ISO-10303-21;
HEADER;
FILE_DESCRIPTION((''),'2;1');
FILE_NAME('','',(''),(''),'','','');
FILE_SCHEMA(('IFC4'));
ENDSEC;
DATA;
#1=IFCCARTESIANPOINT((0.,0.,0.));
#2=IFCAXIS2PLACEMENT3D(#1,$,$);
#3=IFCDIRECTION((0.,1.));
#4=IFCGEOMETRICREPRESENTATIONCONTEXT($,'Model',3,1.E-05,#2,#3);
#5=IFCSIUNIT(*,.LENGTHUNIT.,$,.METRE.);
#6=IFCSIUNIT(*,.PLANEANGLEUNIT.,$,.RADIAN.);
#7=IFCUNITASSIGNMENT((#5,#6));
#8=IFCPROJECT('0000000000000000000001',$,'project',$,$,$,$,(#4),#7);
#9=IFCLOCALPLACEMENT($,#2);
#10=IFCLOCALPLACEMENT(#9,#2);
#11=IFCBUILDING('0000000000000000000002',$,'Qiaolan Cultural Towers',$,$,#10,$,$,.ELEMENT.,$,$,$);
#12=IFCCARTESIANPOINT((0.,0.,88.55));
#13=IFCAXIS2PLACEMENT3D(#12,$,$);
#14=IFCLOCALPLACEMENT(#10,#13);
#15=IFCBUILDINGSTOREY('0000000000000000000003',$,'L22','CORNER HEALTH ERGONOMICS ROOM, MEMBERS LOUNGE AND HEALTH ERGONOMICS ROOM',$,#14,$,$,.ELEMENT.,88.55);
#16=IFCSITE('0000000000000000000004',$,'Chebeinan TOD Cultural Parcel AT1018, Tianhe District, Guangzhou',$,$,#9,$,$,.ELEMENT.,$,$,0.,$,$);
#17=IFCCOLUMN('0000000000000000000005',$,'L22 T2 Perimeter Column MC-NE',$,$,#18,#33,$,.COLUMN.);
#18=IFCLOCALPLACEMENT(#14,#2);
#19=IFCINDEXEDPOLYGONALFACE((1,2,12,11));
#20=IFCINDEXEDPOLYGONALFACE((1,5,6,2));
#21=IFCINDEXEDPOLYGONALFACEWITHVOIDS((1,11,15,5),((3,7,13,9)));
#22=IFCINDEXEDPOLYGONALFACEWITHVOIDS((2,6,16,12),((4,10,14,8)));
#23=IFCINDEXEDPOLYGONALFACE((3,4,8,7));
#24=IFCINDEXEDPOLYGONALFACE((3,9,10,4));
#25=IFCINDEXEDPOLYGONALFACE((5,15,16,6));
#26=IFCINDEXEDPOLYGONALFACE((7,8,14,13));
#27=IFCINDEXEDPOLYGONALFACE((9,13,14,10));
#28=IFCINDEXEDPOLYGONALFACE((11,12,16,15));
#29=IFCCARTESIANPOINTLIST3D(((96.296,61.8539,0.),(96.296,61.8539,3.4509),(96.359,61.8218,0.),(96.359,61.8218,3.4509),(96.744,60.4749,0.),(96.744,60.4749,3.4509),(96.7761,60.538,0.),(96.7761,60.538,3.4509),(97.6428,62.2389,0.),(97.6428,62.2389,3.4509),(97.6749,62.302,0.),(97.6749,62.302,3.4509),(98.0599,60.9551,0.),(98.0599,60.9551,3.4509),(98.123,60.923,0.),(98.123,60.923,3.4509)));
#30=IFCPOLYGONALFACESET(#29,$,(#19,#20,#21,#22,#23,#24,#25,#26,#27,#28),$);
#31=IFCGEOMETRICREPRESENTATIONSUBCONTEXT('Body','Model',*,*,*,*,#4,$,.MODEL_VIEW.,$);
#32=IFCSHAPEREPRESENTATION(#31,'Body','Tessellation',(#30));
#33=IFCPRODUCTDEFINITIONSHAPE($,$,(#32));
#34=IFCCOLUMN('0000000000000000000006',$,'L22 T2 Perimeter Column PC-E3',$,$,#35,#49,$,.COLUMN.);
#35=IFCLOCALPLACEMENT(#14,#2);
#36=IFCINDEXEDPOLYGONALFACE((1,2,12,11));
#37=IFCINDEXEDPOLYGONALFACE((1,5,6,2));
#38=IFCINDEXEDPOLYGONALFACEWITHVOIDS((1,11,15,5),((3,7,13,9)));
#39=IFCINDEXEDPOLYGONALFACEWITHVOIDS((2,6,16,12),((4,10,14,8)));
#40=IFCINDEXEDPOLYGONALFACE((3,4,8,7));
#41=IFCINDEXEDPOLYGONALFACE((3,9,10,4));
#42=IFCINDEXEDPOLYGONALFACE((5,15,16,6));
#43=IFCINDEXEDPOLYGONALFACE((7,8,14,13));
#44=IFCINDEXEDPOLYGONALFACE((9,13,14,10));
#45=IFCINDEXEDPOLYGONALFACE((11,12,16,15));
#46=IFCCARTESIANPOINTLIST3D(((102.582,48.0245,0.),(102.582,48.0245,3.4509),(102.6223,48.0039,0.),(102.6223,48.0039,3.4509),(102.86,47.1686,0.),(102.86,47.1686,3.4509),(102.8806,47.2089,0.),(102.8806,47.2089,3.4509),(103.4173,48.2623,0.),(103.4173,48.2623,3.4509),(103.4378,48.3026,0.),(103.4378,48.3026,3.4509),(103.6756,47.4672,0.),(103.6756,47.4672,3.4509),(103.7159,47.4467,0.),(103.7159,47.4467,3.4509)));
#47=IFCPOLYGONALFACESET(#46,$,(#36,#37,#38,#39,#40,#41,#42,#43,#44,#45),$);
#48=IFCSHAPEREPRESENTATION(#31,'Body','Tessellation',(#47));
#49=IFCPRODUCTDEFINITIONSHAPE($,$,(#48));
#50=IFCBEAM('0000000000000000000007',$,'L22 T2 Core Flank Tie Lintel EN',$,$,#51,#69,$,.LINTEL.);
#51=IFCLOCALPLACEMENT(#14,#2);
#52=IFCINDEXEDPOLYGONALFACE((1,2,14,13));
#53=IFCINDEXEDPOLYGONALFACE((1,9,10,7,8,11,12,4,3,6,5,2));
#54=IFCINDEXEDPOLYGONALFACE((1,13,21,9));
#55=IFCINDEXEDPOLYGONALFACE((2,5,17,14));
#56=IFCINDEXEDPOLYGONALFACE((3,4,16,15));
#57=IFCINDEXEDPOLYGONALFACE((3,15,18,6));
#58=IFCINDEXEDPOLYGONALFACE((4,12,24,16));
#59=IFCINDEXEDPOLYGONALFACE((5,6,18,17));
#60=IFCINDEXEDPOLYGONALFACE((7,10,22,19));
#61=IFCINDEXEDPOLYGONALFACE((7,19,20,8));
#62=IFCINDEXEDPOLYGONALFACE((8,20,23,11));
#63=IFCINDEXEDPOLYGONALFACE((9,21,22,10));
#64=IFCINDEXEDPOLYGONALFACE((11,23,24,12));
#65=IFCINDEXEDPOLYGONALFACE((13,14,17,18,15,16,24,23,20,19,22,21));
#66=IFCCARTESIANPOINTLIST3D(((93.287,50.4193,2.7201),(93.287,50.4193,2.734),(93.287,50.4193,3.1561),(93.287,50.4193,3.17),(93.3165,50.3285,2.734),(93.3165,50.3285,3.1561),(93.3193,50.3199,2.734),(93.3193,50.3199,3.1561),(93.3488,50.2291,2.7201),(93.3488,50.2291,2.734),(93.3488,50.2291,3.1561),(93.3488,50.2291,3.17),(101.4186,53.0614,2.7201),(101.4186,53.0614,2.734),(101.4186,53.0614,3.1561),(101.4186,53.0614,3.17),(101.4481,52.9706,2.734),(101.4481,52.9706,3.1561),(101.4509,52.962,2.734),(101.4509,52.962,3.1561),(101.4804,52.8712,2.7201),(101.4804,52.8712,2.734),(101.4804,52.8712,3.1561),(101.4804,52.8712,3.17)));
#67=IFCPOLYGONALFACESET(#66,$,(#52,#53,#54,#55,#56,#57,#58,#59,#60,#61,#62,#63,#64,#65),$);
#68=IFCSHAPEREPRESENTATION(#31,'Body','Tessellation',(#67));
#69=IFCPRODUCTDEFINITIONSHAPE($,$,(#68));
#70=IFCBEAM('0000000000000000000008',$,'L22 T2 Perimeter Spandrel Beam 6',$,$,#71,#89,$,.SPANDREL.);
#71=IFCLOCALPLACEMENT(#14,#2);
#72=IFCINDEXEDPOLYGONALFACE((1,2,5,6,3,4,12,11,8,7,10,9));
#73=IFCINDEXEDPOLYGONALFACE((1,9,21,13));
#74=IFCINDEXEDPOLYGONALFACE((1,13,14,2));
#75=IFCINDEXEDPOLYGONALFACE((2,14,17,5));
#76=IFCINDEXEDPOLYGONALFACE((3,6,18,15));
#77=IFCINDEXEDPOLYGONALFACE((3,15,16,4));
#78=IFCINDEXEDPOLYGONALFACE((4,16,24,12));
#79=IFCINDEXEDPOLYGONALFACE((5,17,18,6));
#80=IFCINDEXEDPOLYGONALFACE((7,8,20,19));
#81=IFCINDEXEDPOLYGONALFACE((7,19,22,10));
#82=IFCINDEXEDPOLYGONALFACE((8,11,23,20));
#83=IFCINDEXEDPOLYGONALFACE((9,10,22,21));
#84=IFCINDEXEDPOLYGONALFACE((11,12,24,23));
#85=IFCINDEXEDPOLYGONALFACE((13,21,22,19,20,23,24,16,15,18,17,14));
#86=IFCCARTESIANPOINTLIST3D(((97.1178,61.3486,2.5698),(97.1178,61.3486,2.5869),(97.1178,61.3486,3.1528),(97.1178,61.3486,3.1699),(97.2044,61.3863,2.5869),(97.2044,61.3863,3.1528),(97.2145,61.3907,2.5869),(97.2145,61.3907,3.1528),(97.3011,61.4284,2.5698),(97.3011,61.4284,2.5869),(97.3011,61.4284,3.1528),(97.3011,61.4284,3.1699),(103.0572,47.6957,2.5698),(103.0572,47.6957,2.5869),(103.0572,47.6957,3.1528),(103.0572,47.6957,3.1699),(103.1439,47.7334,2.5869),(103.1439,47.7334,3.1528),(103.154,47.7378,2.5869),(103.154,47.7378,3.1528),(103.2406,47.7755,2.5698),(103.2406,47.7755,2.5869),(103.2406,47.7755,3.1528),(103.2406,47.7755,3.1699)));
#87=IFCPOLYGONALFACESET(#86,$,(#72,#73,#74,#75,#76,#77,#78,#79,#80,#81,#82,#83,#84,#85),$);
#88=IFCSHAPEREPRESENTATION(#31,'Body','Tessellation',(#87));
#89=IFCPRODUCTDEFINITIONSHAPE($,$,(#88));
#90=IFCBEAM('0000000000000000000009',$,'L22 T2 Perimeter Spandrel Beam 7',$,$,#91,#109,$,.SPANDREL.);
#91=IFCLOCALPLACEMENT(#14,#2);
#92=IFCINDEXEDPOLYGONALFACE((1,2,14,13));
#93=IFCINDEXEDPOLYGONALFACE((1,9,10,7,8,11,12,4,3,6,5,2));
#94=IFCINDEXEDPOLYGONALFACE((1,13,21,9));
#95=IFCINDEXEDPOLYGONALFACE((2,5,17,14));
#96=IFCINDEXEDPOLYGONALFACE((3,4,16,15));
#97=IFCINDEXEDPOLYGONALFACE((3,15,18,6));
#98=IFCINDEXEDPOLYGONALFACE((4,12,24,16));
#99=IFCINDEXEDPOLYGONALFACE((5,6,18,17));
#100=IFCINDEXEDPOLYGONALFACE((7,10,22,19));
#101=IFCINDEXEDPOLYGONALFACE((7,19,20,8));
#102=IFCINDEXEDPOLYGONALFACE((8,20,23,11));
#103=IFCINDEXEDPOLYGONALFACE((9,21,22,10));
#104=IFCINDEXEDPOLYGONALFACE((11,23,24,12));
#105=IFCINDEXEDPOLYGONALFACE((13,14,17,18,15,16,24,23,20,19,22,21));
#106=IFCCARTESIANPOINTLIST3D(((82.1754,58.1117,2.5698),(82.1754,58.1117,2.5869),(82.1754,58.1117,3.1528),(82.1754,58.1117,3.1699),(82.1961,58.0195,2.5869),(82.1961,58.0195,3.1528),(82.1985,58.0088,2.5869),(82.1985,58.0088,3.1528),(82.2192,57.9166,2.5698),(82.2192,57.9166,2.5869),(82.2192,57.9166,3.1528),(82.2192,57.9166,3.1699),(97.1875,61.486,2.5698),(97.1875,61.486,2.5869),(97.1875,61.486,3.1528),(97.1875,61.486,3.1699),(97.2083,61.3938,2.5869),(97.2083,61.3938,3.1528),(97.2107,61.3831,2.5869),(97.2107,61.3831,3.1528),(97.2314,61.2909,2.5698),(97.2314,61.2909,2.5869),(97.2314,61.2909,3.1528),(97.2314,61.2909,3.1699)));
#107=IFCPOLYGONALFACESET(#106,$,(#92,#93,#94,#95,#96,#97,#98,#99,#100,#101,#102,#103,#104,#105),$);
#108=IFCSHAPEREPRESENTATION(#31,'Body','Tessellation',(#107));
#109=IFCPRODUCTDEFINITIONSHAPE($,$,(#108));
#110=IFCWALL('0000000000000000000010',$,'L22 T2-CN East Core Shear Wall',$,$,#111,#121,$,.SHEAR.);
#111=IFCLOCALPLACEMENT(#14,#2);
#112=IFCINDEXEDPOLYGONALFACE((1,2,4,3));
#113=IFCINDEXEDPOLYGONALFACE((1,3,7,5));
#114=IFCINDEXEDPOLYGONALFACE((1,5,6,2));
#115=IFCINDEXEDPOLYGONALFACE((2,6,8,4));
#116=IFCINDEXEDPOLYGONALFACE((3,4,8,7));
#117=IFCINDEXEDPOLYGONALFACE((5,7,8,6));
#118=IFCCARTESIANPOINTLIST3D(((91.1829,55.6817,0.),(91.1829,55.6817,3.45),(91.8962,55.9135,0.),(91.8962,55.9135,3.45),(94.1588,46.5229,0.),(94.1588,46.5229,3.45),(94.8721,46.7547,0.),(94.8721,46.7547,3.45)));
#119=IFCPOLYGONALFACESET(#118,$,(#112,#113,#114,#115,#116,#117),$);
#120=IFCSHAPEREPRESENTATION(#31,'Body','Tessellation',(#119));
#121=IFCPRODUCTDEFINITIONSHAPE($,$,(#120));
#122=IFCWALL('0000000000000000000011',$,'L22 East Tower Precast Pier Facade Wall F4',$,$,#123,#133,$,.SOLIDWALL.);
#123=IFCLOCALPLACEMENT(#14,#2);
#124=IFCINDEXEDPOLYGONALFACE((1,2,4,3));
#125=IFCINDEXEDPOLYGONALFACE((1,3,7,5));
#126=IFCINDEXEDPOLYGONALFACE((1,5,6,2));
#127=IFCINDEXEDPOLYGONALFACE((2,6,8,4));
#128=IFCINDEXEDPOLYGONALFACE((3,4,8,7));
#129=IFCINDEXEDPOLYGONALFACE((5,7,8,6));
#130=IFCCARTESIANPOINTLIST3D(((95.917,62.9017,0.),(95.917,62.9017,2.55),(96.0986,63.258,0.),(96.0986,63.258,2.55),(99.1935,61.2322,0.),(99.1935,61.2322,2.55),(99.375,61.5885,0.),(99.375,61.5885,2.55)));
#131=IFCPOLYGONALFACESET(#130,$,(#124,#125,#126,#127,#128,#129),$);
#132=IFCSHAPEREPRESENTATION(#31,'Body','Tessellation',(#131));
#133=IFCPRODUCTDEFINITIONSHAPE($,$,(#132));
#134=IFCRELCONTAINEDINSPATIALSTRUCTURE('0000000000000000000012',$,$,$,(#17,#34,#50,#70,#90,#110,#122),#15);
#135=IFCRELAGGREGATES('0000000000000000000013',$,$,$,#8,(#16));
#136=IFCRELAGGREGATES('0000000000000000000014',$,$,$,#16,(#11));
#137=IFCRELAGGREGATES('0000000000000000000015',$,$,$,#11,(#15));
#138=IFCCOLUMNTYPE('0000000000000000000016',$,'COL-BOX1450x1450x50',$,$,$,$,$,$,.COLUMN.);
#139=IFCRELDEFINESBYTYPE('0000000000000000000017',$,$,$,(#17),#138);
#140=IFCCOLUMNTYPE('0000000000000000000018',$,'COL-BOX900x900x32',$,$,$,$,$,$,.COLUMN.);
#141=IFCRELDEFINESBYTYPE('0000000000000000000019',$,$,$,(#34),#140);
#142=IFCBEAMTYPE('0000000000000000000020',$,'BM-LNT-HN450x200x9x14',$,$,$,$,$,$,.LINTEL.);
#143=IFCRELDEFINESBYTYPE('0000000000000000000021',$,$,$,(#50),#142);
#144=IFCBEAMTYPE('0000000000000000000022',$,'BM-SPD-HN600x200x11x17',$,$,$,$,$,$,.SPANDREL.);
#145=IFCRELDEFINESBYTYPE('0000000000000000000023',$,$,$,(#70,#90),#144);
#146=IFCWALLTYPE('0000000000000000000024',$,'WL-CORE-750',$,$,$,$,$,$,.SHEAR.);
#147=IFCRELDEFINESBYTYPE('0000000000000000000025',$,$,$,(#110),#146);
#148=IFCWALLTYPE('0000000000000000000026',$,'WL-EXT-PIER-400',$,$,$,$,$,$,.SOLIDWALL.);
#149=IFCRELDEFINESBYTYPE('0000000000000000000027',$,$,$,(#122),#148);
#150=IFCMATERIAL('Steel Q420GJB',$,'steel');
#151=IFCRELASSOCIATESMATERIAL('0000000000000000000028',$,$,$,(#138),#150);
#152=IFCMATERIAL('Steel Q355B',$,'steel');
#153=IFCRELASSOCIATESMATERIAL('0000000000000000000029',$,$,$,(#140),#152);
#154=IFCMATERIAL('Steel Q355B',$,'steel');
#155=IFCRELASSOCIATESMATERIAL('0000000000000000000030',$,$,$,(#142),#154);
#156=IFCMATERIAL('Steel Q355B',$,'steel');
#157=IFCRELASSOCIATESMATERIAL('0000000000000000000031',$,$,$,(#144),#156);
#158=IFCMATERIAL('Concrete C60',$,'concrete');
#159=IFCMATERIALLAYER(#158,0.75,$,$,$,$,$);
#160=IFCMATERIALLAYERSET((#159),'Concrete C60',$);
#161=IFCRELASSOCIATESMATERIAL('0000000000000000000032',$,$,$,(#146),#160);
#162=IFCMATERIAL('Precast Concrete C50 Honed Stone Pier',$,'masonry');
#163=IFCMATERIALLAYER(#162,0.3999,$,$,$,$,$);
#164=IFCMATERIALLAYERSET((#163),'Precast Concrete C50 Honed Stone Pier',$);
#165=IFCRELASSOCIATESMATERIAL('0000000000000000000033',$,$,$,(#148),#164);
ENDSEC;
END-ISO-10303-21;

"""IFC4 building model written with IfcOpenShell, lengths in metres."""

from ifc_helpers import new_model, si_unit, direction, frame, frame_2d, origin, origin_2d, place, context, subcontext, project, spatial, rectangle, hollow_rectangle, i_section, extrude, material, layer, layer_set, material_profile, profile_set, type_object, element, save


model = new_model("IFC4")

# Units and contexts
model_context = context("Model", 3, precision=1e-05, world=origin(), true_north=direction((0.0, 1.0)))
body_context = subcontext(model_context, "Body", "Model", "MODEL_VIEW")
ifc_project = project(units=[si_unit("LENGTHUNIT", "METRE"), si_unit("PLANEANGLEUNIT", "RADIAN")], contexts=[model_context])

# Site, building, storey
site_placement = place(None, origin())
site = spatial("IfcSite", under=ifc_project, at=site_placement, Name="Chebeinan TOD Cultural Parcel AT1018, Tianhe District, Guangzhou", CompositionType="ELEMENT", RefElevation=0.0)
building_placement = place(site_placement, origin())
building = spatial("IfcBuilding", under=site, at=building_placement, Name="Qiaolan Cultural Towers", CompositionType="ELEMENT")
storey_placement = place(building_placement, frame((0.0, 0.0, 88.55)))
storey = spatial("IfcBuildingStorey", under=building, at=storey_placement, Name="L22", Description="CORNER HEALTH ERGONOMICS ROOM, MEMBERS LOUNGE AND HEALTH ERGONOMICS ROOM", CompositionType="ELEMENT", Elevation=88.55)

# Columns
ifc_material_1 = material(Name="Steel Q420GJB", Category="steel")
ifc_material_profile_1 = material_profile(ifc_material_1, hollow_rectangle(XDim=1.45, YDim=1.45, WallThickness=0.05, at=origin_2d()), Name="BOX1450x1450x50")
ifc_profile_set_1 = profile_set([ifc_material_profile_1], Name="Steel Q420GJB")
column_type_1 = type_object("IfcColumnType", Name="COL-BOX1450x1450x50", PredefinedType="COLUMN", material=ifc_profile_set_1)
column_1_placement = place(storey_placement, frame((97.2095, 61.3884, 0.0), z_axis=(0.0, 0.0, 1.0), x_axis=(0.951057, 0.309017, 0.0)))
element("IfcColumn", 1, at=column_1_placement, inside=storey, type_object=column_type_1, Name="L22 T2 Perimeter Column MC-NE", PredefinedType="COLUMN", context=body_context, shape_type="SweptSolid", body=[
    extrude(hollow_rectangle(XDim=1.45, YDim=1.45, WallThickness=0.05, at=origin_2d()), origin(), (0.0, 0.0, 1.0), 3.4509),
])
ifc_material_2 = material(Name="Steel Q355B", Category="steel")
ifc_material_profile_2 = material_profile(ifc_material_2, hollow_rectangle(XDim=0.8999, YDim=0.8999, WallThickness=0.032, at=origin_2d()), Name="BOX900x900x32")
ifc_profile_set_2 = profile_set([ifc_material_profile_2], Name="Steel Q355B")
column_type_2 = type_object("IfcColumnType", Name="COL-BOX900x900x32", PredefinedType="COLUMN", material=ifc_profile_set_2)
column_2_placement = place(storey_placement, frame((103.1489, 47.7356, 0.0), z_axis=(0.0, 0.0, 1.0), x_axis=(0.951057, 0.309017, 0.0)))
element("IfcColumn", 2, at=column_2_placement, inside=storey, type_object=column_type_2, Name="L22 T2 Perimeter Column PC-E3", PredefinedType="COLUMN", context=body_context, shape_type="SweptSolid", body=[
    extrude(hollow_rectangle(XDim=0.8999, YDim=0.8999, WallThickness=0.032, at=origin_2d()), origin(), (0.0, 0.0, 1.0), 3.4509),
])

# Beams
ifc_material_3 = material(Name="Steel Q355B", Category="steel")
ifc_material_profile_3 = material_profile(ifc_material_3, i_section(OverallWidth=0.2, OverallDepth=0.45, WebThickness=0.009, FlangeThickness=0.0139, at=origin_2d()), Name="HN450x200x9x14")
ifc_profile_set_3 = profile_set([ifc_material_profile_3], Name="Steel Q355B")
beam_type_1 = type_object("IfcBeamType", Name="BM-LNT-HN450x200x9x14", PredefinedType="LINTEL", material=ifc_profile_set_3)
beam_1_placement = place(storey_placement, frame((93.3179, 50.3242, 2.9451), z_axis=(0.951057, 0.309014, 0.0), x_axis=(-0.309014, 0.951057, 0.0)))
element("IfcBeam", 3, at=beam_1_placement, inside=storey, type_object=beam_type_1, Name="L22 T2 Core Flank Tie Lintel EN", PredefinedType="LINTEL", context=body_context, shape_type="SweptSolid", body=[
    extrude(i_section(OverallWidth=0.2, OverallDepth=0.45, WebThickness=0.009, FlangeThickness=0.0139, at=origin_2d()), origin(), (0.0, 0.0, 1.0), 8.55),
])
ifc_material_4 = material(Name="Steel Q355B", Category="steel")
ifc_material_profile_4 = material_profile(ifc_material_4, i_section(OverallWidth=0.2, OverallDepth=0.6001, WebThickness=0.011, FlangeThickness=0.0171, at=origin_2d()), Name="HN600x200x11x17")
ifc_profile_set_4 = profile_set([ifc_material_profile_4], Name="Steel Q355B")
beam_type_2 = type_object("IfcBeamType", Name="BM-SPD-HN600x200x11x17", PredefinedType="SPANDREL", material=ifc_profile_set_4)
beam_2_placement = place(storey_placement, frame((103.1489, 47.7356, 2.8699), z_axis=(-0.39892, 0.916986, 0.0), x_axis=(-0.916986, -0.39892, 0.0)))
element("IfcBeam", 4, at=beam_2_placement, inside=storey, type_object=beam_type_2, Name="L22 T2 Perimeter Spandrel Beam 6", PredefinedType="SPANDREL", context=body_context, shape_type="SweptSolid", body=[
    extrude(i_section(OverallWidth=0.2, OverallDepth=0.6001, WebThickness=0.011, FlangeThickness=0.0171, at=origin_2d()), origin(), (0.0, 0.0, 1.0), 14.8889),
])
beam_3_placement = place(storey_placement, frame((97.2095, 61.3884, 2.8699), z_axis=(-0.975658, -0.219297, 0.0), x_axis=(0.219297, -0.975658, 0.0)))
element("IfcBeam", 5, at=beam_3_placement, inside=storey, type_object=beam_type_2, Name="L22 T2 Perimeter Spandrel Beam 7", PredefinedType="SPANDREL", context=body_context, shape_type="SweptSolid", body=[
    extrude(i_section(OverallWidth=0.2, OverallDepth=0.6001, WebThickness=0.011, FlangeThickness=0.0171, at=origin_2d()), origin(), (0.0, 0.0, 1.0), 15.3867),
])

# Walls
ifc_material_5 = material(Name="Concrete C60", Category="concrete")
ifc_layer_1 = layer(ifc_material_5, 0.75)
ifc_layer_set_1 = layer_set([ifc_layer_1], Name="Concrete C60")
wall_type_1 = type_object("IfcWallType", Name="WL-CORE-750", PredefinedType="SHEAR", material=ifc_layer_set_1)
wall_1_placement = place(storey_placement, frame((94.5154, 46.6389, 0.0), z_axis=(0.0, 0.0, 1.0), x_axis=(-0.309016, 0.951057, 0.0)))
element("IfcWall", 6, at=wall_1_placement, inside=storey, type_object=wall_type_1, Name="L22 T2-CN East Core Shear Wall", PredefinedType="SHEAR", context=body_context, shape_type="SweptSolid", body=[
    extrude(rectangle(XDim=9.6301, YDim=0.75, at=frame_2d((4.8149, 0.0))), origin(), (0.0, 0.0, 1.0), 3.45),
])
ifc_material_6 = material(Name="Precast Concrete C50 Honed Stone Pier", Category="masonry")
ifc_layer_2 = layer(ifc_material_6, 0.3999)
ifc_layer_set_2 = layer_set([ifc_layer_2], Name="Precast Concrete C50 Honed Stone Pier")
wall_type_2 = type_object("IfcWallType", Name="WL-EXT-PIER-400", PredefinedType="SOLIDWALL", material=ifc_layer_set_2)
wall_2_placement = place(storey_placement, frame((96.0078, 63.0798, 0.0), z_axis=(0.0, 0.0, 1.0), x_axis=(0.891002, -0.453999, 0.0)))
element("IfcWall", 7, at=wall_2_placement, inside=storey, type_object=wall_type_2, Name="L22 East Tower Precast Pier Facade Wall F4", PredefinedType="SOLIDWALL", context=body_context, shape_type="SweptSolid", body=[
    extrude(rectangle(XDim=3.6772, YDim=0.3999, at=frame_2d((1.8386, 0.0))), origin(), (0.0, 0.0, 1.0), 2.55),
])

save(model, "model.ifc")
